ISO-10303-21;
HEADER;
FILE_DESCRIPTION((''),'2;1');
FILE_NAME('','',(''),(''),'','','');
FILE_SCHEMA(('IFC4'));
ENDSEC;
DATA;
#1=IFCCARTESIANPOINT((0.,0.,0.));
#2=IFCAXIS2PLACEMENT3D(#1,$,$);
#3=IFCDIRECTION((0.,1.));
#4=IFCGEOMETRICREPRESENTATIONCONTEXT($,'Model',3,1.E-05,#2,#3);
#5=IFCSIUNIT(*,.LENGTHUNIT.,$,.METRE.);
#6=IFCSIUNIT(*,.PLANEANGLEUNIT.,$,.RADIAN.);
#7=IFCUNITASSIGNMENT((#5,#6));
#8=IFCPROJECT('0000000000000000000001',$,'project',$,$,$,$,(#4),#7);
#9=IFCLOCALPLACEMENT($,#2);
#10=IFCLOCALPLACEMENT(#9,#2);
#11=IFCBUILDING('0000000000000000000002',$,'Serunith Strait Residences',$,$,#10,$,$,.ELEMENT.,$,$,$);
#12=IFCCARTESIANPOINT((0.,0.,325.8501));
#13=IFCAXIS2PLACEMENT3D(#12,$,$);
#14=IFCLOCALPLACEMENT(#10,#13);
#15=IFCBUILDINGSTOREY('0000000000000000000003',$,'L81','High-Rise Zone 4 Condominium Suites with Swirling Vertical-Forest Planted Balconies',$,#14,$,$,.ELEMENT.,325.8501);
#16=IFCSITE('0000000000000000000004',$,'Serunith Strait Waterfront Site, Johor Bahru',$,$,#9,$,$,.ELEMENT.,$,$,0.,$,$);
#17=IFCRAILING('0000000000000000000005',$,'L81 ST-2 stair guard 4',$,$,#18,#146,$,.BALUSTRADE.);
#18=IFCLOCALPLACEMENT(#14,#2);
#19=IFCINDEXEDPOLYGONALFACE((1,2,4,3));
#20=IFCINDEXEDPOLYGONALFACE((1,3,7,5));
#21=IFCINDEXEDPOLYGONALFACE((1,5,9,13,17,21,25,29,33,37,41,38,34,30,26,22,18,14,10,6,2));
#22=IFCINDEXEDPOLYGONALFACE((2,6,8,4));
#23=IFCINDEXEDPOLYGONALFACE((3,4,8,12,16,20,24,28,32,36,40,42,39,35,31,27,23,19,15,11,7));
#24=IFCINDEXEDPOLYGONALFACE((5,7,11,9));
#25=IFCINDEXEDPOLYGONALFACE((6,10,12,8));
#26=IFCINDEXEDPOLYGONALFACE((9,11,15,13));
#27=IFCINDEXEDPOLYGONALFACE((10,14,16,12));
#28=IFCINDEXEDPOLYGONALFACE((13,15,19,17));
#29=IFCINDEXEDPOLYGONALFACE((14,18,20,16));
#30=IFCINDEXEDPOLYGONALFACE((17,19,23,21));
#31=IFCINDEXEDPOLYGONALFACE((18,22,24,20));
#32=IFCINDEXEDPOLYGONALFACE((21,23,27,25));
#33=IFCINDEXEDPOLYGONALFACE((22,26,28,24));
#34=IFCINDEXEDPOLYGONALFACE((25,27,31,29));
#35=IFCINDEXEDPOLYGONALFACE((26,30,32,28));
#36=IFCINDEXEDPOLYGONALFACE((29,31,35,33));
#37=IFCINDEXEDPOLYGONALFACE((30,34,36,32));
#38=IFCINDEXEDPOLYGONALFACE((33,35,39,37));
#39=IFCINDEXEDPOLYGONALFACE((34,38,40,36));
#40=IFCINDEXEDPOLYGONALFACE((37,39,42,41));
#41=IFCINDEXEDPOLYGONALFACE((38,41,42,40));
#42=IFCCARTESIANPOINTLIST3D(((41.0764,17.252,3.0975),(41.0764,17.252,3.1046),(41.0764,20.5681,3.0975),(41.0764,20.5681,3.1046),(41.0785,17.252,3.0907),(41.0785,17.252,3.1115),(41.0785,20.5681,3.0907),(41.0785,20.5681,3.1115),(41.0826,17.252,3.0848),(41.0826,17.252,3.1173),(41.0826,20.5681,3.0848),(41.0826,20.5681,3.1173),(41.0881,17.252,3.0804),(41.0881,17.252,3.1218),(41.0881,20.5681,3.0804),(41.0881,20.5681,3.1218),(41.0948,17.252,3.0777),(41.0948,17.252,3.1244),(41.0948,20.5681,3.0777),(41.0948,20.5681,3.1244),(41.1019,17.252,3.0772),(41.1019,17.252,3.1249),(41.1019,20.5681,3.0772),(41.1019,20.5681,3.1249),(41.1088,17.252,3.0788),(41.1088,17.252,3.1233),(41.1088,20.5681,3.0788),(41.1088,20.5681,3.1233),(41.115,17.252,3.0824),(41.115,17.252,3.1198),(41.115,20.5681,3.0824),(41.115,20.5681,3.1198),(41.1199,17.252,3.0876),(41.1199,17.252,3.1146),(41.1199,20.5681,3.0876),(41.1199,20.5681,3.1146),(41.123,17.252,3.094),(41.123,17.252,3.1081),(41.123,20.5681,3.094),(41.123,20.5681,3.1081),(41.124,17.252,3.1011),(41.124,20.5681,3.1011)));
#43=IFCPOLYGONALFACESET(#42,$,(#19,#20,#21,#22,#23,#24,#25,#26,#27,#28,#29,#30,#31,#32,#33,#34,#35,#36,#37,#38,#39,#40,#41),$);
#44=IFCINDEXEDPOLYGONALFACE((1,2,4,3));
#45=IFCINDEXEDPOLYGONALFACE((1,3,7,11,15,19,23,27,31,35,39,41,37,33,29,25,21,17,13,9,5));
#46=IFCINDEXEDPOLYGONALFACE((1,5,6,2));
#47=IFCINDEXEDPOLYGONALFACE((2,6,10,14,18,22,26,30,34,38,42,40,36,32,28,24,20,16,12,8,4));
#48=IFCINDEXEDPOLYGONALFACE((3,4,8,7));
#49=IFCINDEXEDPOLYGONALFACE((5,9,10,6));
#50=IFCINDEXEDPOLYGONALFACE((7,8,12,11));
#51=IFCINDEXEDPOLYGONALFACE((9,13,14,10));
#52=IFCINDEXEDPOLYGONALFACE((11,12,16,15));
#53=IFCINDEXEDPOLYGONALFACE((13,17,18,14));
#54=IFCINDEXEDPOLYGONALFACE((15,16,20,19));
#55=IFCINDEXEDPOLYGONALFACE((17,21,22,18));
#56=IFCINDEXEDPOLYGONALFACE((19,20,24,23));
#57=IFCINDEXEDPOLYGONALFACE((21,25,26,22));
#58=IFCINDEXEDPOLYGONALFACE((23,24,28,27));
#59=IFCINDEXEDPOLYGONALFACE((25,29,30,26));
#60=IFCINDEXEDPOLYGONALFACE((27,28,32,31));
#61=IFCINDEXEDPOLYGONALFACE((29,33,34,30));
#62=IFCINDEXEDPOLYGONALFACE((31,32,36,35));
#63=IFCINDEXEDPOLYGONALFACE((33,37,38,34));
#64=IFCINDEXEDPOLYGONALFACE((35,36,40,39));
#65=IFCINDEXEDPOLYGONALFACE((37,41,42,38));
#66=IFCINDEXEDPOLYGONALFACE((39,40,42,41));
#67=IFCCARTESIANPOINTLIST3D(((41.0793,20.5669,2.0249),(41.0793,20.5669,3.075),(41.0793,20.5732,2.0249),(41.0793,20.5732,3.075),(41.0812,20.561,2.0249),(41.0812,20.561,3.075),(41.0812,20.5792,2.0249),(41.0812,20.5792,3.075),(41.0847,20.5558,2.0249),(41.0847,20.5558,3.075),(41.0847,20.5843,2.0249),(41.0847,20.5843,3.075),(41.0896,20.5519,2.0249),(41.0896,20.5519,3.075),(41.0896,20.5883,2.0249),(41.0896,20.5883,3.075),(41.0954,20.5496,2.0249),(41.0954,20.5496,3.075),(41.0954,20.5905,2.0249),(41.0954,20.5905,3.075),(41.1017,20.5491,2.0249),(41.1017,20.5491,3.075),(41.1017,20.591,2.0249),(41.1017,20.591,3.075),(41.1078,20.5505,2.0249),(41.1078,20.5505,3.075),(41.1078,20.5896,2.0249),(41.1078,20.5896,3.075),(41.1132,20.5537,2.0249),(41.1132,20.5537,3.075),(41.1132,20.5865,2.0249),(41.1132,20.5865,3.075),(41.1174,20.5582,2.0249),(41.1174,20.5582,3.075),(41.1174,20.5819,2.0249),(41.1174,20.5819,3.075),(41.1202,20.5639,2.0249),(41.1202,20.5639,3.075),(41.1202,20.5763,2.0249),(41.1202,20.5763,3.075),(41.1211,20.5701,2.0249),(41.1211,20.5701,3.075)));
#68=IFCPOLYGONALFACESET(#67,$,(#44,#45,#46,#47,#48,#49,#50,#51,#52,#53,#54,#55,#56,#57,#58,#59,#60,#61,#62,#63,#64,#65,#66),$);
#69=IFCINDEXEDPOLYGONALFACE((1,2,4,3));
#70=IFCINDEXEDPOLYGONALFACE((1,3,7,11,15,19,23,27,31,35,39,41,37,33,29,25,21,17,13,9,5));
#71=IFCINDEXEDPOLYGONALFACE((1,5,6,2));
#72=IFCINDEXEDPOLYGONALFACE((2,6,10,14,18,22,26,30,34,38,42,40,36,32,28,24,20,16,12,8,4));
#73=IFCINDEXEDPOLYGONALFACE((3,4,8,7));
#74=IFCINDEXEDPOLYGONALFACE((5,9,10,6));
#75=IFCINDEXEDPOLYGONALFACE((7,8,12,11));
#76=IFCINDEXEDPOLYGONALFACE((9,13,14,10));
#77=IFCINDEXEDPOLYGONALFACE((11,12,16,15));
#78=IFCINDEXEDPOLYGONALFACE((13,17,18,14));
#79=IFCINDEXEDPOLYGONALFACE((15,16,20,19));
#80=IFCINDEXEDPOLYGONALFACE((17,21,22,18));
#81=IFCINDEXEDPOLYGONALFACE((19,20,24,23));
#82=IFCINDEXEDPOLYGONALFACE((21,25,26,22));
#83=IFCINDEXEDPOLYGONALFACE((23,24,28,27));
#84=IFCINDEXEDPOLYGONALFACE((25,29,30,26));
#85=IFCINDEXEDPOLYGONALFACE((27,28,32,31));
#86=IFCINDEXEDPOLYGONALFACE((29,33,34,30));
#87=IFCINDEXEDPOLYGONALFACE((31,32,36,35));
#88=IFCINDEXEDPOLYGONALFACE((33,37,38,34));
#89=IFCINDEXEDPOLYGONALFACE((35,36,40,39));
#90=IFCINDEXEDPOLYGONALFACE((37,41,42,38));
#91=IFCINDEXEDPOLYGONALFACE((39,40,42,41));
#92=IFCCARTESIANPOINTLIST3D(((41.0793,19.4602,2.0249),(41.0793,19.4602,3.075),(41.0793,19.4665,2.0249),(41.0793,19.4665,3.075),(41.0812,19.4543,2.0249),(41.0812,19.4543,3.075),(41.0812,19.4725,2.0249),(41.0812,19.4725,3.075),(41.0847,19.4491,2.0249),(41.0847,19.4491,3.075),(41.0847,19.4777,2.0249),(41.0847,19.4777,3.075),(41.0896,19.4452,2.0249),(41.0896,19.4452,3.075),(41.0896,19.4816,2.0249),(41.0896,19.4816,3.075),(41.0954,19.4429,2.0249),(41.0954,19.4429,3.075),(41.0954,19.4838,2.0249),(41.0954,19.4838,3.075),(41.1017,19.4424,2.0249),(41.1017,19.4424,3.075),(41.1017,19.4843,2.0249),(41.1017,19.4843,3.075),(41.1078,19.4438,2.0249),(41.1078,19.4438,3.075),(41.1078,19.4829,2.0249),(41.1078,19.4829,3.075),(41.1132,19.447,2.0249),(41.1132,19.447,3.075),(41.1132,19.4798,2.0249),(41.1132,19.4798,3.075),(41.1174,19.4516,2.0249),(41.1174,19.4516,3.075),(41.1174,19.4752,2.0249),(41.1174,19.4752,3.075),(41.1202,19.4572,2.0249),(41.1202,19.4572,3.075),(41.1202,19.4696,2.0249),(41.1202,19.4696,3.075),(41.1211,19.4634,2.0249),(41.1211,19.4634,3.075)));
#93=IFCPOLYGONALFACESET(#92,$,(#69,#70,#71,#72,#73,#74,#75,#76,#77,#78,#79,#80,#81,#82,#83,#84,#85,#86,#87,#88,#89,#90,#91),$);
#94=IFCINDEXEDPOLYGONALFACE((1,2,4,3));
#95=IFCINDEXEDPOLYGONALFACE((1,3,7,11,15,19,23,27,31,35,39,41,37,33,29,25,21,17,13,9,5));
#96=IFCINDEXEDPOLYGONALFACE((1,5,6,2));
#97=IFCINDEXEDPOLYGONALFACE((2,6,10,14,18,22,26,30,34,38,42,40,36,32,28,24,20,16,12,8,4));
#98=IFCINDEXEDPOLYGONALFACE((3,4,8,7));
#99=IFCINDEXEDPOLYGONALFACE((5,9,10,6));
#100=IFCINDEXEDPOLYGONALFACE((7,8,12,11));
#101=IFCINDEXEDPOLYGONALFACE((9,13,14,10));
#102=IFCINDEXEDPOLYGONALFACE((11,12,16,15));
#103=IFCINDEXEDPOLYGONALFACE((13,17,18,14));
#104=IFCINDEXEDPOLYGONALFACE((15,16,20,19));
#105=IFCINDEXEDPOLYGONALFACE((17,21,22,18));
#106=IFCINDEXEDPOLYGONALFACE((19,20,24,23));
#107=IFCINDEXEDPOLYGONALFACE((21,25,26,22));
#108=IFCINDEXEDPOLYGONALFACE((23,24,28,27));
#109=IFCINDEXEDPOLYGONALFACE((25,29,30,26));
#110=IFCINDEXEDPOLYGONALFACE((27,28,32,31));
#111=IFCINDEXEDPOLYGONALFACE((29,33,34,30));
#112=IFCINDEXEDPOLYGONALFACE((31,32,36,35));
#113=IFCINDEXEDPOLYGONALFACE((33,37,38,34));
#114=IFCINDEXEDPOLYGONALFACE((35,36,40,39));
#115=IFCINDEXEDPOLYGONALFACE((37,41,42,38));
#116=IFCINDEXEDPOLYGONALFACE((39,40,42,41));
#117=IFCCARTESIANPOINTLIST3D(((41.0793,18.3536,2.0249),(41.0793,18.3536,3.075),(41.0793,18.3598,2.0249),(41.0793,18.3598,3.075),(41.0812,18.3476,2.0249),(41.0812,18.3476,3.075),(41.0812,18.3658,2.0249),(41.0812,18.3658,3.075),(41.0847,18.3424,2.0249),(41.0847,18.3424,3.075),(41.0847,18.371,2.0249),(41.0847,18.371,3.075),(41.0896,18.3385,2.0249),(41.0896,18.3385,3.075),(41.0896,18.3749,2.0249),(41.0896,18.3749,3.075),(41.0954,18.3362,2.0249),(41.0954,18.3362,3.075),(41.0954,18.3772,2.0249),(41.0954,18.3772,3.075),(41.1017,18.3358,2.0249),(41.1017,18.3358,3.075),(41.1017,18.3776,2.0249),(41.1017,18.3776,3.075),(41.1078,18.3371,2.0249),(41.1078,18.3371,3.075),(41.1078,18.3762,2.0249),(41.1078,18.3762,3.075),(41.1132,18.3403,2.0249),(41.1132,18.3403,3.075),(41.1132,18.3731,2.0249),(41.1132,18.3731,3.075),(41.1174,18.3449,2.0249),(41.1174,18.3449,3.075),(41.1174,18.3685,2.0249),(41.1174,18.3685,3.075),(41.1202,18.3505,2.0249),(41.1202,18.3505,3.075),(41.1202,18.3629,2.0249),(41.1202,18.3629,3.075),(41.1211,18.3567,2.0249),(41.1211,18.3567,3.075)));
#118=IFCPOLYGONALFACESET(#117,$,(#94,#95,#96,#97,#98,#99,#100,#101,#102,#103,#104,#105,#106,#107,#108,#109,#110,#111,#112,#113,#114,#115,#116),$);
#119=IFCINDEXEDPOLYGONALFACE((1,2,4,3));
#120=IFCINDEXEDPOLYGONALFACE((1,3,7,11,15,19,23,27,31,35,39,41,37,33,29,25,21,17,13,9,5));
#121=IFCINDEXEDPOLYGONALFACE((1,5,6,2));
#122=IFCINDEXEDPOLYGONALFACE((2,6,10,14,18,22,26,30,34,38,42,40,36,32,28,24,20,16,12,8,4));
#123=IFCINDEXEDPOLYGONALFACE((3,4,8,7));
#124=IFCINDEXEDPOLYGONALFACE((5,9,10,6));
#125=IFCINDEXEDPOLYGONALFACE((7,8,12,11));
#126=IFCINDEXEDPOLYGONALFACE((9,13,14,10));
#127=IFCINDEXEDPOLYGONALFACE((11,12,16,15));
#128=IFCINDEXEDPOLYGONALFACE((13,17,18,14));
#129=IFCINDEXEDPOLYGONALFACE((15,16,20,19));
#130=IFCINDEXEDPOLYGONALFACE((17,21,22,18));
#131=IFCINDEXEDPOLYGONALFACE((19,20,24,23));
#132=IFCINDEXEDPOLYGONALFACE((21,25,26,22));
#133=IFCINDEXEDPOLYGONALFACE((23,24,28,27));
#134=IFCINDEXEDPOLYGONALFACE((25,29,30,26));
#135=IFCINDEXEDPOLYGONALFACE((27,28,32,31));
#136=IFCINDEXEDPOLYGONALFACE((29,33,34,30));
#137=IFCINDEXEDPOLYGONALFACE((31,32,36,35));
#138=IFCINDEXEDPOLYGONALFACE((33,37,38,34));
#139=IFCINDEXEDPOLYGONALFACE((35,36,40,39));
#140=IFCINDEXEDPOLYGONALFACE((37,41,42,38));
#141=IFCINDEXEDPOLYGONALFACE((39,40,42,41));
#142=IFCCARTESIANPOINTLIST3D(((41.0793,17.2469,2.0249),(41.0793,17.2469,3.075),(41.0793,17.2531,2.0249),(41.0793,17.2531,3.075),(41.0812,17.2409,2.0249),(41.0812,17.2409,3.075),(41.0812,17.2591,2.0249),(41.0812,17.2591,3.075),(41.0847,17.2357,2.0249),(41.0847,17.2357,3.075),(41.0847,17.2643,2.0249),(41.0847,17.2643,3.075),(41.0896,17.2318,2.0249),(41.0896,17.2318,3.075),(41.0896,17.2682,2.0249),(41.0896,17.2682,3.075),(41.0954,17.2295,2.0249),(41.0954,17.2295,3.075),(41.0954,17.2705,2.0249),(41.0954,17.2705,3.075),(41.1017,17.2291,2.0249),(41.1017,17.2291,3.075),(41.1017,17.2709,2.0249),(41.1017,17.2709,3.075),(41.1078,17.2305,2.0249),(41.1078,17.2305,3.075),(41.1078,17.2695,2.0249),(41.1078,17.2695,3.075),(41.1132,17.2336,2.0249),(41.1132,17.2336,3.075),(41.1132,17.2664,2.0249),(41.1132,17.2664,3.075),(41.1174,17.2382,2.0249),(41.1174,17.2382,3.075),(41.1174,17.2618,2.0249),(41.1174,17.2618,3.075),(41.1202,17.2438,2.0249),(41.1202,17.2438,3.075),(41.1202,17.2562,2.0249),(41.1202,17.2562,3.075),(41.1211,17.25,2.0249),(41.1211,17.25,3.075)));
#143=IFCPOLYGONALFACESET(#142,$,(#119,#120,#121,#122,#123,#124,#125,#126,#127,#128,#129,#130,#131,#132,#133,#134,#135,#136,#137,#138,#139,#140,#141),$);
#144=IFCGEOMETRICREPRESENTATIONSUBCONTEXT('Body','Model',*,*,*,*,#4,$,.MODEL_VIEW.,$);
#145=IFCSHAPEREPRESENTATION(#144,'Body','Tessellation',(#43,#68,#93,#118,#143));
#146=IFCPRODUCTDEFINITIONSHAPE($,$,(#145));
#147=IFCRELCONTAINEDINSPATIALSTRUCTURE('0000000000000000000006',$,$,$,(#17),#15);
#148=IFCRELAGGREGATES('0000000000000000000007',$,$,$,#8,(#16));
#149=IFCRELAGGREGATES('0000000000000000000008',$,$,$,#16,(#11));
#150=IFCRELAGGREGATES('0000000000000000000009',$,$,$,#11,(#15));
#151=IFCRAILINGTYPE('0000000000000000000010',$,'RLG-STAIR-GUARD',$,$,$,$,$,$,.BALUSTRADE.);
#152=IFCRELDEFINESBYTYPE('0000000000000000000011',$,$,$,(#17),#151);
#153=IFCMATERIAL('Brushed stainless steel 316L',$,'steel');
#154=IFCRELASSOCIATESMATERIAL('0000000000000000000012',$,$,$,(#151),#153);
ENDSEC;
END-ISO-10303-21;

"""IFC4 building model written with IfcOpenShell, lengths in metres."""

from ifc_helpers import new_model, si_unit, direction, frame, origin, origin_2d, place, context, subcontext, project, spatial, circle, extrude, material, type_object, element, save


model = new_model("IFC4")

# Units and contexts
model_context = context("Model", 3, precision=1e-05, world=origin(), true_north=direction((0.0, 1.0)))
body_context = subcontext(model_context, "Body", "Model", "MODEL_VIEW")
ifc_project = project(units=[si_unit("LENGTHUNIT", "METRE"), si_unit("PLANEANGLEUNIT", "RADIAN")], contexts=[model_context])

# Site, building, storey
site_placement = place(None, origin())
site = spatial("IfcSite", under=ifc_project, at=site_placement, Name="Serunith Strait Waterfront Site, Johor Bahru", CompositionType="ELEMENT", RefElevation=0.0)
building_placement = place(site_placement, origin())
building = spatial("IfcBuilding", under=site, at=building_placement, Name="Serunith Strait Residences", CompositionType="ELEMENT")
storey_placement = place(building_placement, frame((0.0, 0.0, 325.8501)))
storey = spatial("IfcBuildingStorey", under=building, at=storey_placement, Name="L81", Description="High-Rise Zone 4 Condominium Suites with Swirling Vertical-Forest Planted Balconies", CompositionType="ELEMENT", Elevation=325.8501)

# Railing
ifc_material_1 = material(Name="Brushed stainless steel 316L", Category="steel")
railing_type_1 = type_object("IfcRailingType", Name="RLG-STAIR-GUARD", PredefinedType="BALUSTRADE", material=ifc_material_1)
for number, where, name in (
    (1, (41.1001, 20.5701, 2.0249), "L81 ST-2 stair guard 4"),
):
    element("IfcRailing", number, at=place(storey_placement, frame(where)), inside=storey, type_object=railing_type_1, Name=name, PredefinedType="BALUSTRADE", context=body_context, shape_type="SweptSolid", body=[
        extrude(circle(Radius=0.0239, at=origin_2d()), frame((0.0, -0.002, 1.0762), z_axis=(0.0, -1.0, 0.0), x_axis=(1.0, 0.0, 0.0)), (0.0, 0.0, 1.0), 3.3162),
        extrude(circle(Radius=0.021, at=origin_2d()), origin(), (0.0, 0.0, 1.0), 1.05),
        extrude(circle(Radius=0.021, at=origin_2d()), frame((0.0, -1.1067, 0.0)), (0.0, 0.0, 1.0), 1.05),
        extrude(circle(Radius=0.021, at=origin_2d()), frame((0.0, -2.2134, 0.0)), (0.0, 0.0, 1.0), 1.05),
        extrude(circle(Radius=0.021, at=origin_2d()), frame((0.0, -3.3201, 0.0)), (0.0, 0.0, 1.0), 1.05),
    ])

save(model, "model.ifc")
